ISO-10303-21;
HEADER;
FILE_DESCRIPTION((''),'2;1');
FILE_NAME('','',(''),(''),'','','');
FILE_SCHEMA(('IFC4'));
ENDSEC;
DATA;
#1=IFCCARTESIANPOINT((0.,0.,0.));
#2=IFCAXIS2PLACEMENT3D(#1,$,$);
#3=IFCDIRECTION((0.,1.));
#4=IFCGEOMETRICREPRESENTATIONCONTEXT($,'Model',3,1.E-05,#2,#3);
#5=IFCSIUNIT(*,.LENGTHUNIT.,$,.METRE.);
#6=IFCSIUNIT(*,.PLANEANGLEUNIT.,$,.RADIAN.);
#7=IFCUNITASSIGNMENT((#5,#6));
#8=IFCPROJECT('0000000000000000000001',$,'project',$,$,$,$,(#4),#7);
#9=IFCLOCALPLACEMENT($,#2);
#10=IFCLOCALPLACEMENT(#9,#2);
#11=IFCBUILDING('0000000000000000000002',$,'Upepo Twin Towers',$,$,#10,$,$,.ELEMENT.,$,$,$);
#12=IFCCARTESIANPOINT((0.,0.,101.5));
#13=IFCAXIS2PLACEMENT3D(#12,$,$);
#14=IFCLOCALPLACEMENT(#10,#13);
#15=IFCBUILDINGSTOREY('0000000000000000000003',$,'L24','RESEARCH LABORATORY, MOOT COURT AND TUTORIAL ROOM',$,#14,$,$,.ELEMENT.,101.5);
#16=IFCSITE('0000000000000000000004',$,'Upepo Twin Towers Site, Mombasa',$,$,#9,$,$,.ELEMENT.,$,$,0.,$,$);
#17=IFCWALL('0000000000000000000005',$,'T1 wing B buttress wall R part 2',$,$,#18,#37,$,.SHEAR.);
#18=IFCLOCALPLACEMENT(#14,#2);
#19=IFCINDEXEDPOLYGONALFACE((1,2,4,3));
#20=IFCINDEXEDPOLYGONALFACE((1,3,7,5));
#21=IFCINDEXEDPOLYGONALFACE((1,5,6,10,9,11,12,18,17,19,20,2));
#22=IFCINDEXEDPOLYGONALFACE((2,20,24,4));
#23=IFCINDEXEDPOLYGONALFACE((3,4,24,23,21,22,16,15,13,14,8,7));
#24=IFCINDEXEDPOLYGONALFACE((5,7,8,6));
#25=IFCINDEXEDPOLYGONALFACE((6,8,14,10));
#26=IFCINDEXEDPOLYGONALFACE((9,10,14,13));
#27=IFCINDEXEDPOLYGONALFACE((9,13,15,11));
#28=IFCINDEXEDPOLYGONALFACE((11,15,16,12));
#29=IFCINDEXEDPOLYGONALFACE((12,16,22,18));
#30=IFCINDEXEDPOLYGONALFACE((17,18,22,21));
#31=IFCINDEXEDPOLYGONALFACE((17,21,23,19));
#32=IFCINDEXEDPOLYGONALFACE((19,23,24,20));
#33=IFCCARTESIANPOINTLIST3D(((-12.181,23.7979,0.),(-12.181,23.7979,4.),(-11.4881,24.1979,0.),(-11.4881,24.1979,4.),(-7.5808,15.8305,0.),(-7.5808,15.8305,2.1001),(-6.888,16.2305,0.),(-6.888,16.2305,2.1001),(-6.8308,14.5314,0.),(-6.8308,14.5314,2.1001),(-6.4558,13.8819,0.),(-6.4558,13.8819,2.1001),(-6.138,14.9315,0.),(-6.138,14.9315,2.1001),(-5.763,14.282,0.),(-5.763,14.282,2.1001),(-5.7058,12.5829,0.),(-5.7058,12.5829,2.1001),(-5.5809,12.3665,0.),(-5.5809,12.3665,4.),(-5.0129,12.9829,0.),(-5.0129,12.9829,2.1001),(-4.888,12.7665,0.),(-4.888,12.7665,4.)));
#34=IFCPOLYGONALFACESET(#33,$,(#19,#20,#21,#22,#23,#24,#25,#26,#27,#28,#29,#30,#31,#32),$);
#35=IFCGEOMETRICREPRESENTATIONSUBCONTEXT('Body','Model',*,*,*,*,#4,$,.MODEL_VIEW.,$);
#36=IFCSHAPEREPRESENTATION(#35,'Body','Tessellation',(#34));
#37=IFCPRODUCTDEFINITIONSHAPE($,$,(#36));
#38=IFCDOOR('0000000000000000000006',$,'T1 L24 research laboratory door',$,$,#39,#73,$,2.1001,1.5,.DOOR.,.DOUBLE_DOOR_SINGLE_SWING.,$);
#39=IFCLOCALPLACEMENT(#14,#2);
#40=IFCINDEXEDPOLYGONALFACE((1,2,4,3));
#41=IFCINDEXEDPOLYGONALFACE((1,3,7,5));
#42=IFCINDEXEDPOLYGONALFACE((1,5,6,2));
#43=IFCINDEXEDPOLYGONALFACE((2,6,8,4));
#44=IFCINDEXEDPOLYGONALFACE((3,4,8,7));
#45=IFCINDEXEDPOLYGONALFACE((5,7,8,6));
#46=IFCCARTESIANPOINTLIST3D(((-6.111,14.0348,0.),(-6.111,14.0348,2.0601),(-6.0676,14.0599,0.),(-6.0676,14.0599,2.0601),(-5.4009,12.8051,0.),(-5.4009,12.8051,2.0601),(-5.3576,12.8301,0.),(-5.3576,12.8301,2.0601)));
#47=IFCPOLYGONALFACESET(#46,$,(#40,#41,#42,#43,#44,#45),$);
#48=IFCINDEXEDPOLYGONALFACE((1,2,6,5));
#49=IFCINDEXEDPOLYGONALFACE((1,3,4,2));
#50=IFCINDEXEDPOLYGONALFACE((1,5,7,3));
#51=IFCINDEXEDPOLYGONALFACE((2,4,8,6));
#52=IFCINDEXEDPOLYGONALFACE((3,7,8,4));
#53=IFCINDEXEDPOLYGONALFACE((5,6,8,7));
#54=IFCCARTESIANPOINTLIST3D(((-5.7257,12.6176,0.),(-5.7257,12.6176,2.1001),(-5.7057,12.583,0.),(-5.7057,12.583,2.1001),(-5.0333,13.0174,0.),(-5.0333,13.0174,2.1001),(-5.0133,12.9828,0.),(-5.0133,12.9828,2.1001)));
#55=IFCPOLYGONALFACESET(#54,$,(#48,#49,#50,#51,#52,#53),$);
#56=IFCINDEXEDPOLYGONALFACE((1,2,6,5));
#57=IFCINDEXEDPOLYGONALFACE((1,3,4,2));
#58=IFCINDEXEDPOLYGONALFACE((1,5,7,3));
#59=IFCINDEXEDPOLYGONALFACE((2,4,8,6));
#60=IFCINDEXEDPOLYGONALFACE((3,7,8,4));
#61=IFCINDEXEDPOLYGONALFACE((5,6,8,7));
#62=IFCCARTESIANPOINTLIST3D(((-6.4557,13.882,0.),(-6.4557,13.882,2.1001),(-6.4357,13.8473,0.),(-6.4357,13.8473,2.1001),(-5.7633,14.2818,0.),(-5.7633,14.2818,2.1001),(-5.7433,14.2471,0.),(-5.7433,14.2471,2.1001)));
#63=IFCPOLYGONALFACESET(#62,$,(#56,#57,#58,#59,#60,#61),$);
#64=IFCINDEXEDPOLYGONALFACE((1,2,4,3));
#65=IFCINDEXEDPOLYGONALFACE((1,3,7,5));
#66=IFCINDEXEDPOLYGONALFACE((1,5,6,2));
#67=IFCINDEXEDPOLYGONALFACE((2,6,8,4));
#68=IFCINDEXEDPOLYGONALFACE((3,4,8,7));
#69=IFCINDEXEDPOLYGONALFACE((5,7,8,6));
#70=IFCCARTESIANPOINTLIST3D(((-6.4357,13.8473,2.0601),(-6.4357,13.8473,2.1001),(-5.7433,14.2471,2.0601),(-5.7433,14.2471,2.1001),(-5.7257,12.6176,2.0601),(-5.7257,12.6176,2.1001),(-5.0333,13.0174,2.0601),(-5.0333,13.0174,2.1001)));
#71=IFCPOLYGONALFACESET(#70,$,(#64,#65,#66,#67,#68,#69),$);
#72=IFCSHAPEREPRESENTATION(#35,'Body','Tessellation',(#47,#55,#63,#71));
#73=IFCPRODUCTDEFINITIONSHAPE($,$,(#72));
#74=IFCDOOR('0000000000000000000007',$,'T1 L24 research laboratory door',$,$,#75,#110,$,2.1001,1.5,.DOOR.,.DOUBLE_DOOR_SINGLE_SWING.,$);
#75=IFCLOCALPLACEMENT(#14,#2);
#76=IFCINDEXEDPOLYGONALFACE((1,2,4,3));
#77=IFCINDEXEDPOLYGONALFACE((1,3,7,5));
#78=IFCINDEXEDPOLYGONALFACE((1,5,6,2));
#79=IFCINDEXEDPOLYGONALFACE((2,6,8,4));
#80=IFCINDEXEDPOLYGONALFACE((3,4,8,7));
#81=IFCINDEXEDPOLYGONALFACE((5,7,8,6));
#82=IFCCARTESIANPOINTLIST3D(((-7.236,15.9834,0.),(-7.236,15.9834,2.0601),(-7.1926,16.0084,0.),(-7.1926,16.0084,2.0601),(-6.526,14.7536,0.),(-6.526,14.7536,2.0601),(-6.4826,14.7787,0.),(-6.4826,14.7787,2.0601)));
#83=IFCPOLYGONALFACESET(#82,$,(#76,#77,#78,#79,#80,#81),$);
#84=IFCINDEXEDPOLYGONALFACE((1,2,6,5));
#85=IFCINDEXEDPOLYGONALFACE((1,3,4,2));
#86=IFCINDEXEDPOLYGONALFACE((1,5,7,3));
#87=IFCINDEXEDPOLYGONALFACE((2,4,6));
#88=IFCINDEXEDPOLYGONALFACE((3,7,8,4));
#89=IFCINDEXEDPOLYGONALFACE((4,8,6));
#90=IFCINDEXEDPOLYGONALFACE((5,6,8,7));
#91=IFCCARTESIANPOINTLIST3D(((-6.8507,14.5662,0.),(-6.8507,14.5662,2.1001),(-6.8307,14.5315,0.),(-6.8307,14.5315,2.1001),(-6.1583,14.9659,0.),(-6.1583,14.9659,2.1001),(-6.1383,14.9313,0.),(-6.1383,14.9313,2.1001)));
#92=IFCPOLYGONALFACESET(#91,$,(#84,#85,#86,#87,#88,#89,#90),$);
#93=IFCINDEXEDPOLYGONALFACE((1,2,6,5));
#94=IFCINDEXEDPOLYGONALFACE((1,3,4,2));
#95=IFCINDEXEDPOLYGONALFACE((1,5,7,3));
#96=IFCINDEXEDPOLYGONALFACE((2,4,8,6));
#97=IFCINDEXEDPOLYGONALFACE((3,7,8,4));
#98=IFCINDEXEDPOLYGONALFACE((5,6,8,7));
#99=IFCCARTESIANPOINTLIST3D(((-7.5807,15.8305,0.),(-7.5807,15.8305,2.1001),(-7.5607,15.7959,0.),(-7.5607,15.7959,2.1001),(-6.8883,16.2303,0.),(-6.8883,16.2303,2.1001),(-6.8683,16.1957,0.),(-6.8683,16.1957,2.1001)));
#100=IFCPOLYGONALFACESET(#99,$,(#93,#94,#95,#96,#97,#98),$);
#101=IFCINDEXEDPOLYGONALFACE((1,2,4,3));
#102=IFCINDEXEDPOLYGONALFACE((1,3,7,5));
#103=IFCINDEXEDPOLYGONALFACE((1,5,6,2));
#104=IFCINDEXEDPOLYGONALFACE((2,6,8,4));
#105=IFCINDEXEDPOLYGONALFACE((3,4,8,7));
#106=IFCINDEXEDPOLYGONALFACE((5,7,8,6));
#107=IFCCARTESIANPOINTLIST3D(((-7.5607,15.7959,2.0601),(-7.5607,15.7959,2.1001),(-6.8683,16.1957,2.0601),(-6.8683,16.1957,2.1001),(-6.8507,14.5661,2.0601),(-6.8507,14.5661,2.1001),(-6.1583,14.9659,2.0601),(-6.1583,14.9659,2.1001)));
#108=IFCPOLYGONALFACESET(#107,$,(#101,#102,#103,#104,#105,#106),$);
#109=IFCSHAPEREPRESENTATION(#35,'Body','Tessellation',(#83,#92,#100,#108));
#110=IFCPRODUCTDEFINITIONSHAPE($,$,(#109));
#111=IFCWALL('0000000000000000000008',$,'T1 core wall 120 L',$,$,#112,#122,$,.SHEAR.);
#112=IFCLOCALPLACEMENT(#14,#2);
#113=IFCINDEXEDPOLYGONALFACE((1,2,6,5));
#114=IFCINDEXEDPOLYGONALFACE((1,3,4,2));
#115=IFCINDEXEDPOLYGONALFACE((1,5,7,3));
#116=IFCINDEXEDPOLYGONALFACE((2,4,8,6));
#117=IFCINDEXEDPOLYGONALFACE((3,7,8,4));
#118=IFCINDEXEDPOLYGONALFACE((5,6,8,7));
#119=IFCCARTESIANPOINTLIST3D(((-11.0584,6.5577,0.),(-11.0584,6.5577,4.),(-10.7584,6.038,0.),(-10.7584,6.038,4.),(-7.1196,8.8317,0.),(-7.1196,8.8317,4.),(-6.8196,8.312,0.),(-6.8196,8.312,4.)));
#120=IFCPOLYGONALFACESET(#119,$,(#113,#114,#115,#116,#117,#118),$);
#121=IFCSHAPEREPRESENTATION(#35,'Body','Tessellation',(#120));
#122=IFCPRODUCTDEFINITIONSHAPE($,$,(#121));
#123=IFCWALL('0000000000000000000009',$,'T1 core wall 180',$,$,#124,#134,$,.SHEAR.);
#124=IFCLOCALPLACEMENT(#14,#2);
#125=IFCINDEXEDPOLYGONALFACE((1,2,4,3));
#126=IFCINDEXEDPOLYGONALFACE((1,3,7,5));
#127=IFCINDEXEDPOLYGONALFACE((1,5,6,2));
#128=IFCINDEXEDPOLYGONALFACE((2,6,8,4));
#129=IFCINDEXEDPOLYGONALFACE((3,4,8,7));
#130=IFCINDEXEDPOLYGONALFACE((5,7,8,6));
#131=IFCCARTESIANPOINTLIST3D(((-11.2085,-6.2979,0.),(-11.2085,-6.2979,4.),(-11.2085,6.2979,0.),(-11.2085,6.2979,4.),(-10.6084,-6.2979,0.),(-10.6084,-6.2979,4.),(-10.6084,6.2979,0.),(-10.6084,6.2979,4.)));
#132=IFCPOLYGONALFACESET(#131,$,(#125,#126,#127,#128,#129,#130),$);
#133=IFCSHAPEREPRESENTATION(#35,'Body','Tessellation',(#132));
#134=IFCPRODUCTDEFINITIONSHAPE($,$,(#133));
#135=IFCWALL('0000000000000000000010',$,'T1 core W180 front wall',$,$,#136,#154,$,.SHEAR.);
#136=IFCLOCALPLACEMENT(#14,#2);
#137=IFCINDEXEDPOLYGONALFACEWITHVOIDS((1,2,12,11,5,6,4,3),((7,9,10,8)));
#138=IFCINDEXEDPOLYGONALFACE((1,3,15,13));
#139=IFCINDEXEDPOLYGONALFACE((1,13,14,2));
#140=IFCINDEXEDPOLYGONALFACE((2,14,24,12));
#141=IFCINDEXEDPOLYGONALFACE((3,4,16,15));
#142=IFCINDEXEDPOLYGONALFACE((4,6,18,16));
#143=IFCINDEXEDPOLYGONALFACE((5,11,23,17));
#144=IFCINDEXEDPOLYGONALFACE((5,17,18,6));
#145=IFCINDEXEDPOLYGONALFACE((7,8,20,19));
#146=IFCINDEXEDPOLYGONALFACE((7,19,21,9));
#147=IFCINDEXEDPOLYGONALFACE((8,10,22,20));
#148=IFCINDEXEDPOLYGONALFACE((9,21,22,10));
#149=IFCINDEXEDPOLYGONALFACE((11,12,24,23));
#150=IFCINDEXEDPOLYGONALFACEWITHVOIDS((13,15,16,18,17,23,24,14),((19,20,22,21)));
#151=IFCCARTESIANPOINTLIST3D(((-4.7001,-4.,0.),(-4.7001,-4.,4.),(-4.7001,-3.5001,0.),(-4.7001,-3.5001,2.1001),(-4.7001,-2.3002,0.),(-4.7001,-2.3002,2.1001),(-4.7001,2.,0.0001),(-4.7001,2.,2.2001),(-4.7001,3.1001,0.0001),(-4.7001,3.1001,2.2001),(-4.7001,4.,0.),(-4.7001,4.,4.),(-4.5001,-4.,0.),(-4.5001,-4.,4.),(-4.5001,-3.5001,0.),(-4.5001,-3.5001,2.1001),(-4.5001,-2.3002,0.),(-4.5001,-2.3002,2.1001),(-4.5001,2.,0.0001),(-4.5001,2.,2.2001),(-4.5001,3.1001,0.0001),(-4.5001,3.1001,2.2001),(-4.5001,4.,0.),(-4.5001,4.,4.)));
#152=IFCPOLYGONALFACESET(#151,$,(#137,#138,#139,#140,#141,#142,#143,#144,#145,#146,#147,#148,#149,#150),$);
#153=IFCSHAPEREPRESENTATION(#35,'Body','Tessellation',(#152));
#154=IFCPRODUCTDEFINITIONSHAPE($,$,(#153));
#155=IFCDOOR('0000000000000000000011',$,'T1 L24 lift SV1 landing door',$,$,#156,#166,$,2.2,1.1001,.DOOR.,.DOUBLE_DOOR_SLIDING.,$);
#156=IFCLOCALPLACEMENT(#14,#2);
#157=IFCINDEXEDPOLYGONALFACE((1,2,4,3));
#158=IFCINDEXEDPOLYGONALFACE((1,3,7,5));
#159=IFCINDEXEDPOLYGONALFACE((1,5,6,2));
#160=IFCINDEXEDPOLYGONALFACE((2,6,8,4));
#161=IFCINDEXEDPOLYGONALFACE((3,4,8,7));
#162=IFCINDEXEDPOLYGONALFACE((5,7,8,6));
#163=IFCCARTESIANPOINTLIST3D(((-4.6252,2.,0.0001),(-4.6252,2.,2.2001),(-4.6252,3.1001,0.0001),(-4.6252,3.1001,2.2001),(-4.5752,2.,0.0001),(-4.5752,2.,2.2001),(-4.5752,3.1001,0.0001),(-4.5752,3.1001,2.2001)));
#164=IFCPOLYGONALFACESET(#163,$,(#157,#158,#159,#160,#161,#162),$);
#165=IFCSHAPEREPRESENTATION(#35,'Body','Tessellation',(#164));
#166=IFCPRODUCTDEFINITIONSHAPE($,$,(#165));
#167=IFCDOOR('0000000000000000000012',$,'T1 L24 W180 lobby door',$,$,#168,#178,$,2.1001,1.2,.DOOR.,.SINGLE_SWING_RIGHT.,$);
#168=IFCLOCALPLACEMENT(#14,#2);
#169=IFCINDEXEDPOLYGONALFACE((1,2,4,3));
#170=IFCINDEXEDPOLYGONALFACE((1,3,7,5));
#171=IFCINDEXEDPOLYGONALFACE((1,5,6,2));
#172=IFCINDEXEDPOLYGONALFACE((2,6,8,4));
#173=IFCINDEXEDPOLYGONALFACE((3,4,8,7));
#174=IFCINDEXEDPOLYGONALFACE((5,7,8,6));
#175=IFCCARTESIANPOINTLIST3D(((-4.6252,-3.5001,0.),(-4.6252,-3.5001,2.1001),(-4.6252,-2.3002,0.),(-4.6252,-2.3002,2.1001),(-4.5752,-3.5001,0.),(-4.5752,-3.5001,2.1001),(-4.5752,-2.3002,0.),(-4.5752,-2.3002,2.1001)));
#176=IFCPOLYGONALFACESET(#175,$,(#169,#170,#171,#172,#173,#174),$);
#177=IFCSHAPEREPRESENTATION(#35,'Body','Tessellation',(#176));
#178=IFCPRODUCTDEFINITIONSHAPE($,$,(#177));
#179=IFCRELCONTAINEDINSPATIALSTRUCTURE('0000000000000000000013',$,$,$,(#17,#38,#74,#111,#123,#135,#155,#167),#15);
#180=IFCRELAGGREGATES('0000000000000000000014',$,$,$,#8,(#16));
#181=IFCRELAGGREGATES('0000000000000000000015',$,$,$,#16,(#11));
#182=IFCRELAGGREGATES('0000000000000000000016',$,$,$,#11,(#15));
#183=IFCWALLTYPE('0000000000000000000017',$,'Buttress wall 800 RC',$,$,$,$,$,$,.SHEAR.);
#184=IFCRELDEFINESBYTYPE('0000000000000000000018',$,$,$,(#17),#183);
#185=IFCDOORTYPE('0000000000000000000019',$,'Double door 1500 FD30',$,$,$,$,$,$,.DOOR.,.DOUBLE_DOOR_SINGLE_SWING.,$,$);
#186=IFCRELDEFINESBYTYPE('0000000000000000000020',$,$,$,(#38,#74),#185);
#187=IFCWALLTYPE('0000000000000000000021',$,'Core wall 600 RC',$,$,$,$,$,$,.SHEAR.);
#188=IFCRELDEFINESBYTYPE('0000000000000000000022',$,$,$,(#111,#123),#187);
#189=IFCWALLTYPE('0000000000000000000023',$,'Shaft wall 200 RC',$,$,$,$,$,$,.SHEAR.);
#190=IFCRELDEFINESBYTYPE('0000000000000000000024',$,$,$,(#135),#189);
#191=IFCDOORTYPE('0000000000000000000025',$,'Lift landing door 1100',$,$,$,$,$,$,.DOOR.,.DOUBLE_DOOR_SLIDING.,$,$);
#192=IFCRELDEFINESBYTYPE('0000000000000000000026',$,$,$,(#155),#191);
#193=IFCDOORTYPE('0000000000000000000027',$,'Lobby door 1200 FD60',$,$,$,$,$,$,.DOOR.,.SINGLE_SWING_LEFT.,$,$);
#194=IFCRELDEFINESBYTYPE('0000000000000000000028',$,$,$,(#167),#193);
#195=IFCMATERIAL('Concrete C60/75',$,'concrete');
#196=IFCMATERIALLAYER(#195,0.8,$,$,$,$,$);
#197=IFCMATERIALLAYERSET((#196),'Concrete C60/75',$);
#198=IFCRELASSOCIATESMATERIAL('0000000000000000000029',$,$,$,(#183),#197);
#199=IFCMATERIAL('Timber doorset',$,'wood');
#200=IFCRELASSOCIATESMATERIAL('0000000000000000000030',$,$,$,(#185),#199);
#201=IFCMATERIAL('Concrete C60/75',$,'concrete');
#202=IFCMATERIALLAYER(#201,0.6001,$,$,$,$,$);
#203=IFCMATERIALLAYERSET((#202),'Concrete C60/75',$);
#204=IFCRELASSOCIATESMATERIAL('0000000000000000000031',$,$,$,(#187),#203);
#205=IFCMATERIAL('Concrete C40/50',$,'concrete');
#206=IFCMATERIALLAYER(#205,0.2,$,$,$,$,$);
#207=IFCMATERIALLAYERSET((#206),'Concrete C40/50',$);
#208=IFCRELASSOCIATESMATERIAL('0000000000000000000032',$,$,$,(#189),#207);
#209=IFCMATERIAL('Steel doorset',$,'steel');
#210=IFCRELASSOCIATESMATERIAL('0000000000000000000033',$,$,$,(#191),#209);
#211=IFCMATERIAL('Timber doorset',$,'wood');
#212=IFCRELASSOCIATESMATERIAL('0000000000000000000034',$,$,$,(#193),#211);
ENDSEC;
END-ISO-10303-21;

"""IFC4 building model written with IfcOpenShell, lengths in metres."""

from ifc_helpers import new_model, si_unit, direction, frame, frame_2d, origin, place, context, subcontext, project, spatial, rectangle, extrude, material, layer, layer_set, type_object, element, fill, save


model = new_model("IFC4")

# Units and contexts
model_context = context("Model", 3, precision=1e-05, world=origin(), true_north=direction((0.0, 1.0)))
body_context = subcontext(model_context, "Body", "Model", "MODEL_VIEW")
ifc_project = project(units=[si_unit("LENGTHUNIT", "METRE"), si_unit("PLANEANGLEUNIT", "RADIAN")], contexts=[model_context])

# Site, building, storey
site_placement = place(None, origin())
site = spatial("IfcSite", under=ifc_project, at=site_placement, Name="Upepo Twin Towers Site, Mombasa", CompositionType="ELEMENT", RefElevation=0.0)
building_placement = place(site_placement, origin())
building = spatial("IfcBuilding", under=site, at=building_placement, Name="Upepo Twin Towers", CompositionType="ELEMENT")
storey_placement = place(building_placement, frame((0.0, 0.0, 101.5)))
storey = spatial("IfcBuildingStorey", under=building, at=storey_placement, Name="L24", Description="RESEARCH LABORATORY, MOOT COURT AND TUTORIAL ROOM", CompositionType="ELEMENT", Elevation=101.5)

# Wall, openings, doors
ifc_material_1 = material(Name="Concrete C60/75", Category="concrete")
ifc_layer_1 = layer(ifc_material_1, 0.8)
ifc_layer_set_1 = layer_set([ifc_layer_1], Name="Concrete C60/75")
wall_type_1 = type_object("IfcWallType", Name="Buttress wall 800 RC", PredefinedType="SHEAR", material=ifc_layer_set_1)
ifc_material_2 = material(Name="Timber doorset", Category="wood")
door_type_1 = type_object("IfcDoorType", Name="Double door 1500 FD30", OperationType="DOUBLE_DOOR_SINGLE_SWING", PredefinedType="DOOR", material=ifc_material_2)
wall_1_placement = place(storey_placement, frame((-5.2344, 12.5664, 0.0), z_axis=(0.0, 0.0, 1.0), x_axis=(-0.50001, 0.86602, 0.0)))
wall_1 = element("IfcWall", 1, at=wall_1_placement, inside=storey, type_object=wall_type_1, Name="T1 wing B buttress wall R part 2", PredefinedType="SHEAR", context=body_context, shape_type="SweptSolid", body=[
    extrude(rectangle(XDim=13.2, YDim=0.8, at=frame_2d((6.6001, 0.0))), origin(), (0.0, 0.0, 1.0), 4.0),
])
opening_1_placement = place(wall_1_placement, frame((0.25, 0.0, 0.0)))
opening_1 = element("IfcOpeningElement", 2, at=opening_1_placement, cuts=wall_1, PredefinedType="OPENING", context=body_context, shape_type="SweptSolid", body=[
    extrude(rectangle(XDim=1.5, YDim=2.1001, at=frame_2d((0.75, 1.05))), frame((0.0, 0.4099, 0.0), z_axis=(0.0, -1.0, 0.0), x_axis=(1.0, 0.0, 0.0)), (0.0, 0.0, 1.0), 0.8201),
])
opening_2_placement = place(wall_1_placement, frame((2.5, 0.0, 0.0)))
opening_2 = element("IfcOpeningElement", 3, at=opening_2_placement, cuts=wall_1, PredefinedType="OPENING", context=body_context, shape_type="SweptSolid", body=[
    extrude(rectangle(XDim=1.5, YDim=2.1001, at=frame_2d((0.75, 1.05))), frame((0.0, 0.4099, 0.0), z_axis=(0.0, -1.0, 0.0), x_axis=(1.0, 0.0, 0.0)), (0.0, 0.0, 1.0), 0.8201),
])
door_1_placement = place(opening_1_placement, origin())
door_1 = element("IfcDoor", 4, at=door_1_placement, inside=storey, type_object=door_type_1, Name="T1 L24 research laboratory door", OperationType="DOUBLE_DOOR_SINGLE_SWING", OverallHeight=2.1001, OverallWidth=1.5, PredefinedType="DOOR", context=body_context, shape_type="SweptSolid", body=[
    extrude(rectangle(XDim=1.42, YDim=2.0601, at=frame_2d((0.75, 1.03))), frame((0.0, 0.0249, 0.0), z_axis=(0.0, -1.0, 0.0), x_axis=(1.0, 0.0, 0.0)), (0.0, 0.0, 1.0), 0.05),
    extrude(rectangle(XDim=0.04, YDim=2.1001, at=frame_2d((0.02, 1.05))), frame((0.0, 0.3999, 0.0), z_axis=(0.0, -1.0, 0.0), x_axis=(1.0, 0.0, 0.0)), (0.0, 0.0, 1.0), 0.7996),
    extrude(rectangle(XDim=0.04, YDim=2.1001, at=frame_2d((1.48, 1.05))), frame((0.0, 0.3999, 0.0), z_axis=(0.0, -1.0, 0.0), x_axis=(1.0, 0.0, 0.0)), (0.0, 0.0, 1.0), 0.7996),
    extrude(rectangle(XDim=1.42, YDim=0.04, at=frame_2d((0.75, 2.0801))), frame((0.0, 0.3999, 0.0), z_axis=(0.0, -1.0, 0.0), x_axis=(1.0, 0.0, 0.0)), (0.0, 0.0, 1.0), 0.7996),
])
fill(opening_1, door_1)
door_2_placement = place(opening_2_placement, origin())
door_2 = element("IfcDoor", 5, at=door_2_placement, inside=storey, type_object=door_type_1, Name="T1 L24 research laboratory door", OperationType="DOUBLE_DOOR_SINGLE_SWING", OverallHeight=2.1001, OverallWidth=1.5, PredefinedType="DOOR", context=body_context, shape_type="SweptSolid", body=[
    extrude(rectangle(XDim=1.42, YDim=2.0601, at=frame_2d((0.75, 1.03))), frame((0.0, 0.0249, 0.0), z_axis=(0.0, -1.0, 0.0), x_axis=(1.0, 0.0, 0.0)), (0.0, 0.0, 1.0), 0.05),
    extrude(rectangle(XDim=0.04, YDim=2.1001, at=frame_2d((0.02, 1.05))), frame((0.0, 0.3999, 0.0), z_axis=(0.0, -1.0, 0.0), x_axis=(1.0, 0.0, 0.0)), (0.0, 0.0, 1.0), 0.7996),
    extrude(rectangle(XDim=0.04, YDim=2.1001, at=frame_2d((1.48, 1.05))), frame((0.0, 0.3999, 0.0), z_axis=(0.0, -1.0, 0.0), x_axis=(1.0, 0.0, 0.0)), (0.0, 0.0, 1.0), 0.7996),
    extrude(rectangle(XDim=1.42, YDim=0.04, at=frame_2d((0.75, 2.0801))), frame((0.0, 0.3999, 0.0), z_axis=(0.0, -1.0, 0.0), x_axis=(1.0, 0.0, 0.0)), (0.0, 0.0, 1.0), 0.7996),
])
fill(opening_2, door_2)

# Walls
ifc_material_3 = material(Name="Concrete C60/75", Category="concrete")
ifc_layer_2 = layer(ifc_material_3, 0.6001)
ifc_layer_set_2 = layer_set([ifc_layer_2], Name="Concrete C60/75")
wall_type_2 = type_object("IfcWallType", Name="Core wall 600 RC", PredefinedType="SHEAR", material=ifc_layer_set_2)
wall_2_placement = place(storey_placement, frame((-6.9697, 8.5718, 0.0), z_axis=(0.0, 0.0, 1.0), x_axis=(-0.866035, -0.499984, 0.0)))
element("IfcWall", 6, at=wall_2_placement, inside=storey, type_object=wall_type_2, Name="T1 core wall 120 L", PredefinedType="SHEAR", context=body_context, shape_type="SweptSolid", body=[
    extrude(rectangle(XDim=4.5481, YDim=0.6001, at=frame_2d((2.2739, 0.0))), origin(), (0.0, 0.0, 1.0), 4.0),
])
wall_3_placement = place(storey_placement, frame((-10.9084, 6.2979, 0.0), z_axis=(0.0, 0.0, 1.0), x_axis=(0.0, -1.0, 0.0)))
element("IfcWall", 7, at=wall_3_placement, inside=storey, type_object=wall_type_2, Name="T1 core wall 180", PredefinedType="SHEAR", context=body_context, shape_type="SweptSolid", body=[
    extrude(rectangle(XDim=12.5957, YDim=0.6001, at=frame_2d((6.2979, 0.0))), origin(), (0.0, 0.0, 1.0), 4.0),
])

# Wall, openings, doors
ifc_material_4 = material(Name="Concrete C40/50", Category="concrete")
ifc_layer_3 = layer(ifc_material_4, 0.2)
ifc_layer_set_3 = layer_set([ifc_layer_3], Name="Concrete C40/50")
wall_type_3 = type_object("IfcWallType", Name="Shaft wall 200 RC", PredefinedType="SHEAR", material=ifc_layer_set_3)
wall_4_placement = place(storey_placement, frame((-4.6001, 4.0, 0.0), z_axis=(0.0, 0.0, 1.0), x_axis=(0.0, -1.0, 0.0)))
wall_4 = element("IfcWall", 8, at=wall_4_placement, inside=storey, type_object=wall_type_3, Name="T1 core W180 front wall", PredefinedType="SHEAR", context=body_context, shape_type="SweptSolid", body=[
    extrude(rectangle(XDim=8.0, YDim=0.2, at=frame_2d((4.0, 0.0))), origin(), (0.0, 0.0, 1.0), 4.0),
])
opening_3_placement = place(wall_4_placement, frame((6.3, 0.0, 0.0)))
opening_3 = element("IfcOpeningElement", 9, at=opening_3_placement, cuts=wall_4, PredefinedType="OPENING", context=body_context, shape_type="SweptSolid", body=[
    extrude(rectangle(XDim=1.2, YDim=2.1001, at=frame_2d((0.6001, 1.05))), frame((0.0, 0.1099, 0.0), z_axis=(0.0, -1.0, 0.0), x_axis=(1.0, 0.0, 0.0)), (0.0, 0.0, 1.0), 0.22),
])
opening_4_placement = place(wall_4_placement, frame((0.8999, 0.0, 0.0)))
opening_4 = element("IfcOpeningElement", 10, at=opening_4_placement, cuts=wall_4, PredefinedType="OPENING", context=body_context, shape_type="SweptSolid", body=[
    extrude(rectangle(XDim=1.1001, YDim=2.2, at=frame_2d((0.55, 1.1001))), frame((0.0, 0.1099, 0.0), z_axis=(0.0, -1.0, 0.0), x_axis=(1.0, 0.0, 0.0)), (0.0, 0.0, 1.0), 0.22),
])
ifc_material_5 = material(Name="Steel doorset", Category="steel")
door_type_2 = type_object("IfcDoorType", Name="Lift landing door 1100", OperationType="DOUBLE_DOOR_SLIDING", PredefinedType="DOOR", material=ifc_material_5)
door_3_placement = place(opening_4_placement, origin())
door_3 = element("IfcDoor", 11, at=door_3_placement, inside=storey, type_object=door_type_2, Name="T1 L24 lift SV1 landing door", OperationType="DOUBLE_DOOR_SLIDING", OverallHeight=2.2, OverallWidth=1.1001, PredefinedType="DOOR", context=body_context, shape_type="SweptSolid", body=[
    extrude(rectangle(XDim=1.1001, YDim=2.2, at=frame_2d((0.55, 1.1001))), frame((0.0, 0.0249, 0.0), z_axis=(0.0, -1.0, 0.0), x_axis=(1.0, 0.0, 0.0)), (0.0, 0.0, 1.0), 0.05),
])
fill(opening_4, door_3)
ifc_material_6 = material(Name="Timber doorset", Category="wood")
door_type_3 = type_object("IfcDoorType", Name="Lobby door 1200 FD60", OperationType="SINGLE_SWING_LEFT", PredefinedType="DOOR", material=ifc_material_6)
door_4_placement = place(opening_3_placement, origin())
door_4 = element("IfcDoor", 12, at=door_4_placement, inside=storey, type_object=door_type_3, Name="T1 L24 W180 lobby door", OperationType="SINGLE_SWING_RIGHT", OverallHeight=2.1001, OverallWidth=1.2, PredefinedType="DOOR", context=body_context, shape_type="SweptSolid", body=[
    extrude(rectangle(XDim=1.2, YDim=2.1001, at=frame_2d((0.6001, 1.05))), frame((0.0, 0.0249, 0.0), z_axis=(0.0, -1.0, 0.0), x_axis=(1.0, 0.0, 0.0)), (0.0, 0.0, 1.0), 0.05),
])
fill(opening_3, door_4)

save(model, "model.ifc")
